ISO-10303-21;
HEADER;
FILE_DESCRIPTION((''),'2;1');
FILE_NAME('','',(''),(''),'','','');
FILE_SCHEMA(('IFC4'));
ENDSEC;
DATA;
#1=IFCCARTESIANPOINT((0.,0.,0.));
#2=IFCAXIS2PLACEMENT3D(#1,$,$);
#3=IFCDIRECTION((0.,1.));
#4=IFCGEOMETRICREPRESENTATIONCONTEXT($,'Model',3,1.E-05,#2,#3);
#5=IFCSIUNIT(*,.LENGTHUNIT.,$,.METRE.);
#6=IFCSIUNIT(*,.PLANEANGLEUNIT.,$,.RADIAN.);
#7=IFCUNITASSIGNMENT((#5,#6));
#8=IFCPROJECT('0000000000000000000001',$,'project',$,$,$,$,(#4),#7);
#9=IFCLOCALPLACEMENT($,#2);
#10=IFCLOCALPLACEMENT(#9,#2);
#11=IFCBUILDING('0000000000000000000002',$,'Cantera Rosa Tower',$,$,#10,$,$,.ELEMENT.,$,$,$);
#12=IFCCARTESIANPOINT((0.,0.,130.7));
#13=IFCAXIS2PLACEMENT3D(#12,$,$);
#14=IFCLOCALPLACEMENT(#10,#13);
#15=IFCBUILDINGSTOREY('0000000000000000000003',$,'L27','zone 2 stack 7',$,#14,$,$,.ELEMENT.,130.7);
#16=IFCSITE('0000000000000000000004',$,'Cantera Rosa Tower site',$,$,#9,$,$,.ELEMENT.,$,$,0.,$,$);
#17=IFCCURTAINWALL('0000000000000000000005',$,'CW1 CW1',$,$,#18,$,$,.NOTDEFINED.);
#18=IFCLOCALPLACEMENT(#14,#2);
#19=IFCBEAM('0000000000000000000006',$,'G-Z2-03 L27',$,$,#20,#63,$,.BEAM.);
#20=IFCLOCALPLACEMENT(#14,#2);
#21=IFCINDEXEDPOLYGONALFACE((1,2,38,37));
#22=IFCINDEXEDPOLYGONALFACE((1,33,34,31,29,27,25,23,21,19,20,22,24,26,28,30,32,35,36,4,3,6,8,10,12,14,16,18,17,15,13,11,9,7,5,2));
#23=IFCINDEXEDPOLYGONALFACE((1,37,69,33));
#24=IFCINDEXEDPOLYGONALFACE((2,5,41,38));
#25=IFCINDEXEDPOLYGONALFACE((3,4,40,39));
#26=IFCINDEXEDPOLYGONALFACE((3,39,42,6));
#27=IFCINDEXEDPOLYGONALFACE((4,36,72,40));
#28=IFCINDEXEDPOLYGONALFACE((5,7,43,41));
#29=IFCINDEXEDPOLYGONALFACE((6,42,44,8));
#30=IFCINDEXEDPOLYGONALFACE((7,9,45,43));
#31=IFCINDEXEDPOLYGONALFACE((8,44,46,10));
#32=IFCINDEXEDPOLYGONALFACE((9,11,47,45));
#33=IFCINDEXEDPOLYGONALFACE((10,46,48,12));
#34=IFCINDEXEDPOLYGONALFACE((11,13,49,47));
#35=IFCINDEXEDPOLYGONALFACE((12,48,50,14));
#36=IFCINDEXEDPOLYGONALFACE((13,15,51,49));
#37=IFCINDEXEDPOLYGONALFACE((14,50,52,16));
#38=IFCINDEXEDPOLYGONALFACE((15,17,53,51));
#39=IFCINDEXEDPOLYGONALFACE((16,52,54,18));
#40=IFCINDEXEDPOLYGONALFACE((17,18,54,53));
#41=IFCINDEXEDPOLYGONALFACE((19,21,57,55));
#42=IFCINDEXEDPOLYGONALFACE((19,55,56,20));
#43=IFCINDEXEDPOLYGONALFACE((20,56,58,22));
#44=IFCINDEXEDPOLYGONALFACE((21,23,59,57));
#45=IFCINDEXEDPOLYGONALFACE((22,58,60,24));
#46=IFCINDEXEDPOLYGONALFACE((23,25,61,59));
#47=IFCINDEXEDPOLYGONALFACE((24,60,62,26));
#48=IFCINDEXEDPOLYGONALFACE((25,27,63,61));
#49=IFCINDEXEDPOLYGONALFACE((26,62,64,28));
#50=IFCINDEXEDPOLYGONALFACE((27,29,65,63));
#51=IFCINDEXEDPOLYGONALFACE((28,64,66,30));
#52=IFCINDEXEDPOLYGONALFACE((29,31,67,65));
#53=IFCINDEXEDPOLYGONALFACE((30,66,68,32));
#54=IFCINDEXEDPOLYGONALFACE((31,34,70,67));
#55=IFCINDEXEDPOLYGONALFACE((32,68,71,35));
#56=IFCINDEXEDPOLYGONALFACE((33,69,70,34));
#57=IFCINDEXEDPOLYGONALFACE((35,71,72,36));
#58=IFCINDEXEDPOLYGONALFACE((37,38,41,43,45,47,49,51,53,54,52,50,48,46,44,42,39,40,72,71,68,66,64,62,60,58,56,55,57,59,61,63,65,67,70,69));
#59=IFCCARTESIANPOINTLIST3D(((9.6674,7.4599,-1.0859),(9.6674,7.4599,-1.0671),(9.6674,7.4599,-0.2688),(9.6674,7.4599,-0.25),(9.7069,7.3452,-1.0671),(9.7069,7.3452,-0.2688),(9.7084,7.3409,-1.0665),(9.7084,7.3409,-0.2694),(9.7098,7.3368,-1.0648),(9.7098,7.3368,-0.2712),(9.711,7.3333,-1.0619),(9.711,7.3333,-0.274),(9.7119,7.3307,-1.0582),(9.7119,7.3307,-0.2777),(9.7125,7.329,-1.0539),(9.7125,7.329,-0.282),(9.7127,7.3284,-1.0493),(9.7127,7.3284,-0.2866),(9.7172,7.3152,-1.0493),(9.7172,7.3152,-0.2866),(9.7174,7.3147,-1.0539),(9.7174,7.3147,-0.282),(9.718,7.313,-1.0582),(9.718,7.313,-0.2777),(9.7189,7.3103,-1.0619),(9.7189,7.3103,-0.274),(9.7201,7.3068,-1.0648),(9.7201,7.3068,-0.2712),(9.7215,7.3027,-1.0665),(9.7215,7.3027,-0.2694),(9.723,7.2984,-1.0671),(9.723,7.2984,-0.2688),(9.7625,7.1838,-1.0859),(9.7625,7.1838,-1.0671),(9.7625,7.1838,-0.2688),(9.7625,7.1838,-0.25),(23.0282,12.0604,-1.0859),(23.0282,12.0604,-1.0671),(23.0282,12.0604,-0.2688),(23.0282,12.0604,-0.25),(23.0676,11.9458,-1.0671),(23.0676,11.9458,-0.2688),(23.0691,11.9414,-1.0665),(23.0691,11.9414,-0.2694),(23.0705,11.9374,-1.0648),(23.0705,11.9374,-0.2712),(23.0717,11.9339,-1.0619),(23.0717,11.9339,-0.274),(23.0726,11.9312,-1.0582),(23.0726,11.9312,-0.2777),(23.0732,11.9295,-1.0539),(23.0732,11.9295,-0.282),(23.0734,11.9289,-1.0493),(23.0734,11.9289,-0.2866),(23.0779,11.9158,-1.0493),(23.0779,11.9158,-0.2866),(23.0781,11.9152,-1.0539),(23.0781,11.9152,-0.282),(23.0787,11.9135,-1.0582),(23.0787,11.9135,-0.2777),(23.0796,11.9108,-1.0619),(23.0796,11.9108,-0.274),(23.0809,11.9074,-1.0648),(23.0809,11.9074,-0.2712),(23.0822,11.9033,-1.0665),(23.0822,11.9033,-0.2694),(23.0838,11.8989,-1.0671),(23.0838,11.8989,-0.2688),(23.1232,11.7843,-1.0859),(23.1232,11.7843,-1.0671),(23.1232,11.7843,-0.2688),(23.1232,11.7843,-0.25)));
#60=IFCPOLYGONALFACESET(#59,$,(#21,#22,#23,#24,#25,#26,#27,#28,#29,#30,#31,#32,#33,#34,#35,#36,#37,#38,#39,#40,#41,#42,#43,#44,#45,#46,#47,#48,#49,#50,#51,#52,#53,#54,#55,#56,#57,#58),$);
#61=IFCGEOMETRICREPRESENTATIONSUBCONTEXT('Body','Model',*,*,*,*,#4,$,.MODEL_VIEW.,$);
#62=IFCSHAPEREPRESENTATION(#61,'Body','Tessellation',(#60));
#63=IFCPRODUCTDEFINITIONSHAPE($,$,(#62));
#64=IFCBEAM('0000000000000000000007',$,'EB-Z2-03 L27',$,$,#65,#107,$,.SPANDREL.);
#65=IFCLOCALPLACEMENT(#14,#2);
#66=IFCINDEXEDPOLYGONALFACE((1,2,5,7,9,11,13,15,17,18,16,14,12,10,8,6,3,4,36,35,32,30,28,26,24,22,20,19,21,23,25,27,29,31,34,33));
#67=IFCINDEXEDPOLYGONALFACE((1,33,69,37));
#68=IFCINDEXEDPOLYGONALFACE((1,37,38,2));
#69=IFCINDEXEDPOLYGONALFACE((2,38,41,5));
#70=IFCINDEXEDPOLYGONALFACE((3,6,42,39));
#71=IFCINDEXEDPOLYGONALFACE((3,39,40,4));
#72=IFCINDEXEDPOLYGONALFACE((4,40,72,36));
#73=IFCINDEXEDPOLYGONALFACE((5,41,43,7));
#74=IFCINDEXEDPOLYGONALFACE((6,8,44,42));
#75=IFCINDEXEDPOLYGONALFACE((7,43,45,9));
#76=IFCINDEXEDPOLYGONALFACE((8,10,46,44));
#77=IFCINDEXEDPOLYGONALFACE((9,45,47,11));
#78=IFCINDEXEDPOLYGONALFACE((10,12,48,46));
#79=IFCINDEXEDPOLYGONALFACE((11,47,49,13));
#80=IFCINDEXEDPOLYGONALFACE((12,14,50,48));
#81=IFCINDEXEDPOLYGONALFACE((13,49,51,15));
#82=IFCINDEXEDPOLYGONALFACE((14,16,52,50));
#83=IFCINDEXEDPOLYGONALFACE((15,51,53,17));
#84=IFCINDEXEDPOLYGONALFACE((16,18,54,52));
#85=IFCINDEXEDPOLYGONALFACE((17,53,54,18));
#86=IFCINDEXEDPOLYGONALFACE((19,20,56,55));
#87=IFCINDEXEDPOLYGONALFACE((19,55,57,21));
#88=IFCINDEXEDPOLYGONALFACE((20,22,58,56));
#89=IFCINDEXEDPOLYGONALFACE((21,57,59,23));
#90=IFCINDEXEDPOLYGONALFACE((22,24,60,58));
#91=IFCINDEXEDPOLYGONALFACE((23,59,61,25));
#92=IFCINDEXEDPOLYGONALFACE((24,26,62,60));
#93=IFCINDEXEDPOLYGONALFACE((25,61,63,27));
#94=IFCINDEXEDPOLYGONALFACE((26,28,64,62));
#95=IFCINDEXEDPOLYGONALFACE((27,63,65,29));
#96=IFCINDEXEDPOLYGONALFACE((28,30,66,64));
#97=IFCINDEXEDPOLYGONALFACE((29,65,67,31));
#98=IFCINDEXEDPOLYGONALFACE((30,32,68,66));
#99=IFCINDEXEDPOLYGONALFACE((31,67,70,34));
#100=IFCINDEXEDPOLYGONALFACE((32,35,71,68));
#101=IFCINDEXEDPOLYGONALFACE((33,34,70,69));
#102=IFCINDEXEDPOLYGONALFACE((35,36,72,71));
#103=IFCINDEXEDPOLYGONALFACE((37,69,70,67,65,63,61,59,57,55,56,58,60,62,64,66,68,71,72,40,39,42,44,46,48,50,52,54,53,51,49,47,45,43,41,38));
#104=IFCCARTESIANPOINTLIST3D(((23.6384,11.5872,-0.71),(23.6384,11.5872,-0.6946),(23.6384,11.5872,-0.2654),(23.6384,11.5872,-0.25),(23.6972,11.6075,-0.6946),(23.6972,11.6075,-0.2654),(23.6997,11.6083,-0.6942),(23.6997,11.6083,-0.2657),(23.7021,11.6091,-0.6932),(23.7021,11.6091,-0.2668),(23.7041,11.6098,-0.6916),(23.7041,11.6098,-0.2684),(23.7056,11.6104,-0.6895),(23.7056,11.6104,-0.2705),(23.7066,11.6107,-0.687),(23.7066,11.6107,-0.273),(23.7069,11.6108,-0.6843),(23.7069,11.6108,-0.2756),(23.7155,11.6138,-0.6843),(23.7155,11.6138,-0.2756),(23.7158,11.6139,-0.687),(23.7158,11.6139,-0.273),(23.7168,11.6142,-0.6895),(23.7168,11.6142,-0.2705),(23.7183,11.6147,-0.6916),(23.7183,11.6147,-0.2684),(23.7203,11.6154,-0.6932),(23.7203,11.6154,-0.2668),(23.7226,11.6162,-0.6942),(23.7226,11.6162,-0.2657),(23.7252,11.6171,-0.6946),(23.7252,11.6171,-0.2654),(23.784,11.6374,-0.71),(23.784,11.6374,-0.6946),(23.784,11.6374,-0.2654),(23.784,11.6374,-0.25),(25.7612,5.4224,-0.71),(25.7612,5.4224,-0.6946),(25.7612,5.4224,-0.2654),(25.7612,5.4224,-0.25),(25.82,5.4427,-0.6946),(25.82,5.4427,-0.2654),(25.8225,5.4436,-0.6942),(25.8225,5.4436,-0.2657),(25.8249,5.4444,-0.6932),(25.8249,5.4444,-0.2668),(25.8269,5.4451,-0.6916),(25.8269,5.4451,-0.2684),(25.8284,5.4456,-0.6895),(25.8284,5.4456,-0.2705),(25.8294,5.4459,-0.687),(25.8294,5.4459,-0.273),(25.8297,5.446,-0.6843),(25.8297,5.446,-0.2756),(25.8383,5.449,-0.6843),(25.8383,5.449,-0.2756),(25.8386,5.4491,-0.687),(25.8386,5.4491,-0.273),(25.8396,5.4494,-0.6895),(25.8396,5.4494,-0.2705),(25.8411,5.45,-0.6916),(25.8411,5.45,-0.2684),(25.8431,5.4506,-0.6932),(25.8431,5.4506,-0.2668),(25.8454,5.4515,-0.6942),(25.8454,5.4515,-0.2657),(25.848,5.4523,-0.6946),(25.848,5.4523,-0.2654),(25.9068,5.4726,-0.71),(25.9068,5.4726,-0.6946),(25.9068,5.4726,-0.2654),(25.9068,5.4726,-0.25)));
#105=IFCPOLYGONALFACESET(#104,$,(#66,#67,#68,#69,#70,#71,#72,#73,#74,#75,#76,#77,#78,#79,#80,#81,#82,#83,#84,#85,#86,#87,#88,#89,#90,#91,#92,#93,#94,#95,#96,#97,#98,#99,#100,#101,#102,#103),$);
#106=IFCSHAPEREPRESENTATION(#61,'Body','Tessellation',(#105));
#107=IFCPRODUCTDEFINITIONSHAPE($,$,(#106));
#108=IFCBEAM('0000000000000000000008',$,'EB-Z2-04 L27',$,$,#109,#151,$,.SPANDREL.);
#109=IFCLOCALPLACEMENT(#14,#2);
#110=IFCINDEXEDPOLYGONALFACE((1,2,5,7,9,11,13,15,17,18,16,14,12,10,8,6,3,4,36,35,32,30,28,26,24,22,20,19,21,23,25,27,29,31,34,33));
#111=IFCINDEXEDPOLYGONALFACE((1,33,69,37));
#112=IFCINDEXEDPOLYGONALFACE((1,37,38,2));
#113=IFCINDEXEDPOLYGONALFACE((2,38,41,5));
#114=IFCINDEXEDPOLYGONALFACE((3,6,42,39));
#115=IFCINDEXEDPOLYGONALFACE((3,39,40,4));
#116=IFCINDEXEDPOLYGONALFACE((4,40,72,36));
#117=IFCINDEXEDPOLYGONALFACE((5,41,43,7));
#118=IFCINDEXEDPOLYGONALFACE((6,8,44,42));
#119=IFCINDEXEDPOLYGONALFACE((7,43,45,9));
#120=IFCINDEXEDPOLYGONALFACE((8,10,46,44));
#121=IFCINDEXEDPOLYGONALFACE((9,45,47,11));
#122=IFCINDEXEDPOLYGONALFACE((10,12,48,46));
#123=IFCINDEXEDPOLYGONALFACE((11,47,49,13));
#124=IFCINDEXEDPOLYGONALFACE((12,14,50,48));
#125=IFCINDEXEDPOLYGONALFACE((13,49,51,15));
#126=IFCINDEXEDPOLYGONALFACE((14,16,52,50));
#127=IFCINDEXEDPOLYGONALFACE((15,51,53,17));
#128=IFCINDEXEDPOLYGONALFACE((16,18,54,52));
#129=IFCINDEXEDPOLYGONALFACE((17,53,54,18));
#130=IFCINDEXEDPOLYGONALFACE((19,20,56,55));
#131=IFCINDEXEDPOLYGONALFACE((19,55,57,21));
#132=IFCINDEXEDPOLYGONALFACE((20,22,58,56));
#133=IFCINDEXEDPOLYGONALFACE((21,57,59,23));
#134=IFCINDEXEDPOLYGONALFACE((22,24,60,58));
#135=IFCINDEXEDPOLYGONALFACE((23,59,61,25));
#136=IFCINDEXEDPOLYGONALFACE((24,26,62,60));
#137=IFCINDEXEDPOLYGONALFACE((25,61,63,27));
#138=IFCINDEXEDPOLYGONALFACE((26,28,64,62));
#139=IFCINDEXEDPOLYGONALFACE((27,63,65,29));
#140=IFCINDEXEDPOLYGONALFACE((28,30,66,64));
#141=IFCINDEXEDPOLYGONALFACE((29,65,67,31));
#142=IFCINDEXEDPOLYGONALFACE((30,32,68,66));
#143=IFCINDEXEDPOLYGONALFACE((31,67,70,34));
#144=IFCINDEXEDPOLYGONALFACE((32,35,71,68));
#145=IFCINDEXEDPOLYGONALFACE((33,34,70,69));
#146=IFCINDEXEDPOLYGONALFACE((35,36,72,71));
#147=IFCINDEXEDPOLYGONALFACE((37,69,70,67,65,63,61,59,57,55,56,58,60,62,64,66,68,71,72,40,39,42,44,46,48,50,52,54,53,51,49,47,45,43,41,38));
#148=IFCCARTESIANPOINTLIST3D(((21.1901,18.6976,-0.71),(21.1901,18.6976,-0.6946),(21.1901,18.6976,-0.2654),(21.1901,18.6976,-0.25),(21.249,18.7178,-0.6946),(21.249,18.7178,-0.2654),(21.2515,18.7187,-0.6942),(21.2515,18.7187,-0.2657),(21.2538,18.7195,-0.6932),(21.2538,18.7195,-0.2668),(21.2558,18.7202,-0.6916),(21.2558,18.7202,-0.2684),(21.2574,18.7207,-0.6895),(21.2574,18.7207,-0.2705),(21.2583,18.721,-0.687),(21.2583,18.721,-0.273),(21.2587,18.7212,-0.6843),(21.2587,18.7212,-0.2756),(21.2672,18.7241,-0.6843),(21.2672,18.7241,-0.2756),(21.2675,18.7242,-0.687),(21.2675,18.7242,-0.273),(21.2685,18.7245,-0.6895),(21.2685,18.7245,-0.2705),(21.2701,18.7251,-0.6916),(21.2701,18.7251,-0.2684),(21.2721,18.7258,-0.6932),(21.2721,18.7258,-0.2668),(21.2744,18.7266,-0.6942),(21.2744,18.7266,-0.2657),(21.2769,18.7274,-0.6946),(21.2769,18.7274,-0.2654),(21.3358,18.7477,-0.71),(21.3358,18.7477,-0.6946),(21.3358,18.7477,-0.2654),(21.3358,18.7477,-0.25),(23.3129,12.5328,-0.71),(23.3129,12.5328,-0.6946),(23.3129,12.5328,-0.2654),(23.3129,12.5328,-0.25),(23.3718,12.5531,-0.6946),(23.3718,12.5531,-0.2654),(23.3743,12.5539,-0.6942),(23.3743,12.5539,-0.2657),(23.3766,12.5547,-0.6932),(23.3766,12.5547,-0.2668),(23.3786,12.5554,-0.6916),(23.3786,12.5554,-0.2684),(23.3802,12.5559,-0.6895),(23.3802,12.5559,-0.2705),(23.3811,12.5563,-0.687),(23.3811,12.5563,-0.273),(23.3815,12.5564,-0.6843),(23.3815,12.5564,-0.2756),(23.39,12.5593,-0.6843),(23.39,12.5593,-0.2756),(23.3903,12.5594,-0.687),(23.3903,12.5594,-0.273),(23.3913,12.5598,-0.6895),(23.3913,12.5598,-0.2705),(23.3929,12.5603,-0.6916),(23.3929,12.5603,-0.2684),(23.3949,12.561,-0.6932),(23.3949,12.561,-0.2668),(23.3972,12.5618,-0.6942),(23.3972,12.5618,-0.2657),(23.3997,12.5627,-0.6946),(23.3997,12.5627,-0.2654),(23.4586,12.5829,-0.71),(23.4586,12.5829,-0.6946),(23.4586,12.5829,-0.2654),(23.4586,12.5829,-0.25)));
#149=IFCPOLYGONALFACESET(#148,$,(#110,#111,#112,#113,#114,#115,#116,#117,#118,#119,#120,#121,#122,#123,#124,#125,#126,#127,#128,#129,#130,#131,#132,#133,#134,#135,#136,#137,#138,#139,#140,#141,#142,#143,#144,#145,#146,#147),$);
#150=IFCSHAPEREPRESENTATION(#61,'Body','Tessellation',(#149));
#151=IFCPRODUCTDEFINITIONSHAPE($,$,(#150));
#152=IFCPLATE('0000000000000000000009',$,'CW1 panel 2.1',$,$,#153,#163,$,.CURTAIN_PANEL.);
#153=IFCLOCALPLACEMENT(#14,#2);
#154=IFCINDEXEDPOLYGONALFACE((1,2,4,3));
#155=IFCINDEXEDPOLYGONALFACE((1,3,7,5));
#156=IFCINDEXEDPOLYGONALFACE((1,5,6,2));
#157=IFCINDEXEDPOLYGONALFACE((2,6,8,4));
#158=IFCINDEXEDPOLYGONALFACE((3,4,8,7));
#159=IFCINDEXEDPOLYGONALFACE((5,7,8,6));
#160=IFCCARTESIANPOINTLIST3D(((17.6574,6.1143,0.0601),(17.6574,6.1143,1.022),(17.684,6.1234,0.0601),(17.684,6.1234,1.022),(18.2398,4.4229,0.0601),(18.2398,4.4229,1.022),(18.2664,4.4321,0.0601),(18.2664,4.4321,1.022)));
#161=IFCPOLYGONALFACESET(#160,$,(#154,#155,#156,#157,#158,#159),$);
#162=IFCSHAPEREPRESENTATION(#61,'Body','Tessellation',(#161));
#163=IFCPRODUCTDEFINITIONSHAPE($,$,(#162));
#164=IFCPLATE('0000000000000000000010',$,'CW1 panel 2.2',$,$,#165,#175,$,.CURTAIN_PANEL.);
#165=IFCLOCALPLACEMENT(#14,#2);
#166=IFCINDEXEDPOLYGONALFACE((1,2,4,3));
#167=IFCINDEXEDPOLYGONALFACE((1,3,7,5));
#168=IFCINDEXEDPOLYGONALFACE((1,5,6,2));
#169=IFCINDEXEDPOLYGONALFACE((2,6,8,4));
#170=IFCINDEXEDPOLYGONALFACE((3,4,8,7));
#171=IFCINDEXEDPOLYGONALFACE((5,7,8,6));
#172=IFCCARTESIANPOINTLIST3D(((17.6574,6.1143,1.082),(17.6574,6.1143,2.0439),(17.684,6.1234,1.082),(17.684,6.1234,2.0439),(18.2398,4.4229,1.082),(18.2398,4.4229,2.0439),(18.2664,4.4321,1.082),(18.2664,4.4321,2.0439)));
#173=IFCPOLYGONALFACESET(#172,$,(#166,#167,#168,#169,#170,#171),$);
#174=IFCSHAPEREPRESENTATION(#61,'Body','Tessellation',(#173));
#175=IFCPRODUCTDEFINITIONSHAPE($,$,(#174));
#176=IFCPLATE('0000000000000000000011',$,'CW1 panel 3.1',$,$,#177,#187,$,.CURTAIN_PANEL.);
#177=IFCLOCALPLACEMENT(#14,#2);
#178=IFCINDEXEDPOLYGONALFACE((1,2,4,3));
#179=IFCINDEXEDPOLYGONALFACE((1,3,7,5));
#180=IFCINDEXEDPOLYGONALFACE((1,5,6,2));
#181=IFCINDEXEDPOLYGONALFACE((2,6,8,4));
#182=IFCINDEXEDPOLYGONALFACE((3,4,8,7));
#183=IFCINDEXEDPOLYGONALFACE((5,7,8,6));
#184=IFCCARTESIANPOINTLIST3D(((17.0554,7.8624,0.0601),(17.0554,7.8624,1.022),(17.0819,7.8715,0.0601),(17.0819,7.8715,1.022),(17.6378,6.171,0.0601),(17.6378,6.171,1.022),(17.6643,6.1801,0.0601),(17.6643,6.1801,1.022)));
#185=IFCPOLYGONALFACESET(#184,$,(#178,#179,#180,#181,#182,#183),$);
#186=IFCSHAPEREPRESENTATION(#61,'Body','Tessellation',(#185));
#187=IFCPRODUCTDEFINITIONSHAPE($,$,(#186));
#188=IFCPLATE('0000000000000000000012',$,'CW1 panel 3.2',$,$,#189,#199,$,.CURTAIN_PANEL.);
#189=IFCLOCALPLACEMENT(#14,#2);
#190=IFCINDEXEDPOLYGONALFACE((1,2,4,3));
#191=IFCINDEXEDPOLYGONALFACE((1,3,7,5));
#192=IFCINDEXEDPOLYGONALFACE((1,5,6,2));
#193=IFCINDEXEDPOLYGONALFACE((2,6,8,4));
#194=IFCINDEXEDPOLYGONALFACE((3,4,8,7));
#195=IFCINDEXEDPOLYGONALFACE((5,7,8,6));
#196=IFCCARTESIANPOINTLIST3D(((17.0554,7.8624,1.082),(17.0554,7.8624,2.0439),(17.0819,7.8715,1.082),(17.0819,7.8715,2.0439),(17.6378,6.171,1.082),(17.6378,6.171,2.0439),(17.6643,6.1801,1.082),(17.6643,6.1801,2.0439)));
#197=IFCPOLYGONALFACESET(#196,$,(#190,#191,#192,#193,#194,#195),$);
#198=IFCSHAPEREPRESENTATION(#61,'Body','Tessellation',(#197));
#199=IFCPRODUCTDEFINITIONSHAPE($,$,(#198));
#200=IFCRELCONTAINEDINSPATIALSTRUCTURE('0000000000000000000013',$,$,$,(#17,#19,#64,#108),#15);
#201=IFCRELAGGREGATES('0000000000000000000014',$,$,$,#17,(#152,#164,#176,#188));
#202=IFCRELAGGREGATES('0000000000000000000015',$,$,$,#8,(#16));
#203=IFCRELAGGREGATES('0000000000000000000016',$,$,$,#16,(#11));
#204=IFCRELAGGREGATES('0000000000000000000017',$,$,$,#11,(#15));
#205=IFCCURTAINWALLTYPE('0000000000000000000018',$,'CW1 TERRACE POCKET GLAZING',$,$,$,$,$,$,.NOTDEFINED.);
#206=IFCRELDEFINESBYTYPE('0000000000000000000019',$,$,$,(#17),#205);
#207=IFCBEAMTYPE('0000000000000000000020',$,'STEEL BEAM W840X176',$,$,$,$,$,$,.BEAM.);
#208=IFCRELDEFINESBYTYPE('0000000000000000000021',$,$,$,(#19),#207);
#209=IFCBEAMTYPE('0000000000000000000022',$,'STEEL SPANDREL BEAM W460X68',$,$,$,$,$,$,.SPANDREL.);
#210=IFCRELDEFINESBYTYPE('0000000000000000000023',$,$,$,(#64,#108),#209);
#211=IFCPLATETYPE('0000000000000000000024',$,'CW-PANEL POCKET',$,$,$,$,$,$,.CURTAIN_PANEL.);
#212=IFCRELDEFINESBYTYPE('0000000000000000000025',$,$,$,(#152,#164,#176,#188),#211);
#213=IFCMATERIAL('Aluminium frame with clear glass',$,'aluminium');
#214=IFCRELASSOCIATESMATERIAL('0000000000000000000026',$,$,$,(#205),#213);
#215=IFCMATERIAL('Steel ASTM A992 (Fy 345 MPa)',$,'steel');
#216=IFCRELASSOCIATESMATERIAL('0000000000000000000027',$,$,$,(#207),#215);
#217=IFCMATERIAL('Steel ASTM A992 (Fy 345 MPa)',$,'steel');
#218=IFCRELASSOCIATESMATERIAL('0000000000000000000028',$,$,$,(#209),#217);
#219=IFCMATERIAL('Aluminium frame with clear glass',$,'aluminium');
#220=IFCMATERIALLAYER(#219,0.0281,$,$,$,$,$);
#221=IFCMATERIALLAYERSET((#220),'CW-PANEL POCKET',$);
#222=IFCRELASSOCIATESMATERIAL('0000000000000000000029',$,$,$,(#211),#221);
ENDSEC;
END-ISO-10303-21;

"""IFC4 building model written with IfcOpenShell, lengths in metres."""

from ifc_helpers import new_model, si_unit, direction, frame, origin, origin_2d, place, context, subcontext, project, spatial, rectangle, i_section, extrude, material, layer, layer_set, material_profile, profile_set, type_object, element, aggregate, save


model = new_model("IFC4")

# Units and contexts
model_context = context("Model", 3, precision=1e-05, world=origin(), true_north=direction((0.0, 1.0)))
body_context = subcontext(model_context, "Body", "Model", "MODEL_VIEW")
ifc_project = project(units=[si_unit("LENGTHUNIT", "METRE"), si_unit("PLANEANGLEUNIT", "RADIAN")], contexts=[model_context])

# Site, building, storey
site_placement = place(None, origin())
site = spatial("IfcSite", under=ifc_project, at=site_placement, Name="Cantera Rosa Tower site", CompositionType="ELEMENT", RefElevation=0.0)
building_placement = place(site_placement, origin())
building = spatial("IfcBuilding", under=site, at=building_placement, Name="Cantera Rosa Tower", CompositionType="ELEMENT")
storey_placement = place(building_placement, frame((0.0, 0.0, 130.7)))
storey = spatial("IfcBuildingStorey", under=building, at=storey_placement, Name="L27", Description="zone 2 stack 7", CompositionType="ELEMENT", Elevation=130.7)

# Curtain wall
ifc_material_1 = material(Name="Aluminium frame with clear glass", Category="aluminium")
curtain_wall_type = type_object("IfcCurtainWallType", Name="CW1 TERRACE POCKET GLAZING", PredefinedType="NOTDEFINED", material=ifc_material_1)
curtain_wall_placement = place(storey_placement, origin())
curtain_wall = element("IfcCurtainWall", 1, at=curtain_wall_placement, inside=storey, type_object=curtain_wall_type, Name="CW1 CW1", PredefinedType="NOTDEFINED")

# Beams
ifc_material_2 = material(Name="Steel ASTM A992 (Fy 345 MPa)", Category="steel")
ifc_material_profile_1 = material_profile(ifc_material_2, i_section(OverallWidth=0.292, OverallDepth=0.8359, WebThickness=0.0139, FlangeThickness=0.0188, FilletRadius=0.0178, at=origin_2d()), Name="W840X176")
ifc_profile_set_1 = profile_set([ifc_material_profile_1], Name="Steel ASTM A992 (Fy 345 MPa)")
beam_type_1 = type_object("IfcBeamType", Name="STEEL BEAM W840X176", PredefinedType="BEAM", material=ifc_profile_set_1)
beam_placement = place(storey_placement, frame((23.0757, 11.9224, -0.668), z_axis=(-0.945517, -0.325573, 0.0), x_axis=(0.325573, -0.945517, 0.0)))
element("IfcBeam", 2, at=beam_placement, inside=storey, type_object=beam_type_1, Name="G-Z2-03 L27", PredefinedType="BEAM", context=body_context, shape_type="SweptSolid", body=[
    extrude(i_section(OverallWidth=0.292, OverallDepth=0.8359, WebThickness=0.0139, FlangeThickness=0.0188, FilletRadius=0.0178, at=origin_2d()), origin(), (0.0, 0.0, 1.0), 14.1306),
])
ifc_material_3 = material(Name="Steel ASTM A992 (Fy 345 MPa)", Category="steel")
ifc_material_profile_2 = material_profile(ifc_material_3, i_section(OverallWidth=0.1541, OverallDepth=0.46, WebThickness=0.009, FlangeThickness=0.0154, FilletRadius=0.0103, at=origin_2d()), Name="W460X68")
ifc_profile_set_2 = profile_set([ifc_material_profile_2], Name="Steel ASTM A992 (Fy 345 MPa)")
beam_type_2 = type_object("IfcBeamType", Name="STEEL SPANDREL BEAM W460X68", PredefinedType="SPANDREL", material=ifc_profile_set_2)
for number, where, z_axis, x_axis, name in (
    (3, (25.834, 5.4475, -0.48), (-0.325581, 0.945514, 0.0), (-0.945514, -0.325581, 0.0), "EB-Z2-03 L27"),
    (4, (23.3857, 12.5579, -0.48), (-0.325581, 0.945514, 0.0), (-0.945514, -0.325581, 0.0), "EB-Z2-04 L27"),
):
    element("IfcBeam", number, at=place(storey_placement, frame(where, z_axis=z_axis, x_axis=x_axis)), inside=storey, type_object=beam_type_2, Name=name, PredefinedType="SPANDREL", context=body_context, shape_type="SweptSolid", body=[
        extrude(i_section(OverallWidth=0.1541, OverallDepth=0.46, WebThickness=0.009, FlangeThickness=0.0154, FilletRadius=0.0103, at=origin_2d()), origin(), (0.0, 0.0, 1.0), 6.52),
    ])

# Plates
ifc_material_4 = material(Name="Aluminium frame with clear glass", Category="aluminium")
ifc_layer_1 = layer(ifc_material_4, 0.0281)
ifc_layer_set_1 = layer_set([ifc_layer_1], Name="CW-PANEL POCKET")
plate_type = type_object("IfcPlateType", Name="CW-PANEL POCKET", PredefinedType="CURTAIN_PANEL", material=ifc_layer_set_1)
plate_1_placement = place(storey_placement, frame((17.9619, 5.2732, 0.0601), z_axis=(0.0, 0.0, 1.0), x_axis=(-0.325568, 0.945519, 0.0)))
plate_1 = element("IfcPlate", 5, at=plate_1_placement, type_object=plate_type, Name="CW1 panel 2.1", PredefinedType="CURTAIN_PANEL", context=body_context, shape_type="SweptSolid", body=[
    extrude(rectangle(XDim=1.7888, YDim=0.0281, at=origin_2d()), origin(), (0.0, 0.0, 1.0), 0.9619),
])
plate_2_placement = place(storey_placement, frame((17.9619, 5.2732, 1.082), z_axis=(0.0, 0.0, 1.0), x_axis=(-0.325568, 0.945519, 0.0)))
plate_2 = element("IfcPlate", 6, at=plate_2_placement, type_object=plate_type, Name="CW1 panel 2.2", PredefinedType="CURTAIN_PANEL", context=body_context, shape_type="SweptSolid", body=[
    extrude(rectangle(XDim=1.7888, YDim=0.0281, at=origin_2d()), origin(), (0.0, 0.0, 1.0), 0.9619),
])
plate_3_placement = place(storey_placement, frame((17.3599, 7.0212, 0.0601), z_axis=(0.0, 0.0, 1.0), x_axis=(-0.325568, 0.945519, 0.0)))
plate_3 = element("IfcPlate", 7, at=plate_3_placement, type_object=plate_type, Name="CW1 panel 3.1", PredefinedType="CURTAIN_PANEL", context=body_context, shape_type="SweptSolid", body=[
    extrude(rectangle(XDim=1.7888, YDim=0.0281, at=origin_2d()), origin(), (0.0, 0.0, 1.0), 0.9619),
])
plate_4_placement = place(storey_placement, frame((17.3599, 7.0212, 1.082), z_axis=(0.0, 0.0, 1.0), x_axis=(-0.325568, 0.945519, 0.0)))
plate_4 = element("IfcPlate", 8, at=plate_4_placement, type_object=plate_type, Name="CW1 panel 3.2", PredefinedType="CURTAIN_PANEL", context=body_context, shape_type="SweptSolid", body=[
    extrude(rectangle(XDim=1.7888, YDim=0.0281, at=origin_2d()), origin(), (0.0, 0.0, 1.0), 0.9619),
])
aggregate(curtain_wall, [plate_1, plate_2, plate_3, plate_4])

save(model, "model.ifc")
